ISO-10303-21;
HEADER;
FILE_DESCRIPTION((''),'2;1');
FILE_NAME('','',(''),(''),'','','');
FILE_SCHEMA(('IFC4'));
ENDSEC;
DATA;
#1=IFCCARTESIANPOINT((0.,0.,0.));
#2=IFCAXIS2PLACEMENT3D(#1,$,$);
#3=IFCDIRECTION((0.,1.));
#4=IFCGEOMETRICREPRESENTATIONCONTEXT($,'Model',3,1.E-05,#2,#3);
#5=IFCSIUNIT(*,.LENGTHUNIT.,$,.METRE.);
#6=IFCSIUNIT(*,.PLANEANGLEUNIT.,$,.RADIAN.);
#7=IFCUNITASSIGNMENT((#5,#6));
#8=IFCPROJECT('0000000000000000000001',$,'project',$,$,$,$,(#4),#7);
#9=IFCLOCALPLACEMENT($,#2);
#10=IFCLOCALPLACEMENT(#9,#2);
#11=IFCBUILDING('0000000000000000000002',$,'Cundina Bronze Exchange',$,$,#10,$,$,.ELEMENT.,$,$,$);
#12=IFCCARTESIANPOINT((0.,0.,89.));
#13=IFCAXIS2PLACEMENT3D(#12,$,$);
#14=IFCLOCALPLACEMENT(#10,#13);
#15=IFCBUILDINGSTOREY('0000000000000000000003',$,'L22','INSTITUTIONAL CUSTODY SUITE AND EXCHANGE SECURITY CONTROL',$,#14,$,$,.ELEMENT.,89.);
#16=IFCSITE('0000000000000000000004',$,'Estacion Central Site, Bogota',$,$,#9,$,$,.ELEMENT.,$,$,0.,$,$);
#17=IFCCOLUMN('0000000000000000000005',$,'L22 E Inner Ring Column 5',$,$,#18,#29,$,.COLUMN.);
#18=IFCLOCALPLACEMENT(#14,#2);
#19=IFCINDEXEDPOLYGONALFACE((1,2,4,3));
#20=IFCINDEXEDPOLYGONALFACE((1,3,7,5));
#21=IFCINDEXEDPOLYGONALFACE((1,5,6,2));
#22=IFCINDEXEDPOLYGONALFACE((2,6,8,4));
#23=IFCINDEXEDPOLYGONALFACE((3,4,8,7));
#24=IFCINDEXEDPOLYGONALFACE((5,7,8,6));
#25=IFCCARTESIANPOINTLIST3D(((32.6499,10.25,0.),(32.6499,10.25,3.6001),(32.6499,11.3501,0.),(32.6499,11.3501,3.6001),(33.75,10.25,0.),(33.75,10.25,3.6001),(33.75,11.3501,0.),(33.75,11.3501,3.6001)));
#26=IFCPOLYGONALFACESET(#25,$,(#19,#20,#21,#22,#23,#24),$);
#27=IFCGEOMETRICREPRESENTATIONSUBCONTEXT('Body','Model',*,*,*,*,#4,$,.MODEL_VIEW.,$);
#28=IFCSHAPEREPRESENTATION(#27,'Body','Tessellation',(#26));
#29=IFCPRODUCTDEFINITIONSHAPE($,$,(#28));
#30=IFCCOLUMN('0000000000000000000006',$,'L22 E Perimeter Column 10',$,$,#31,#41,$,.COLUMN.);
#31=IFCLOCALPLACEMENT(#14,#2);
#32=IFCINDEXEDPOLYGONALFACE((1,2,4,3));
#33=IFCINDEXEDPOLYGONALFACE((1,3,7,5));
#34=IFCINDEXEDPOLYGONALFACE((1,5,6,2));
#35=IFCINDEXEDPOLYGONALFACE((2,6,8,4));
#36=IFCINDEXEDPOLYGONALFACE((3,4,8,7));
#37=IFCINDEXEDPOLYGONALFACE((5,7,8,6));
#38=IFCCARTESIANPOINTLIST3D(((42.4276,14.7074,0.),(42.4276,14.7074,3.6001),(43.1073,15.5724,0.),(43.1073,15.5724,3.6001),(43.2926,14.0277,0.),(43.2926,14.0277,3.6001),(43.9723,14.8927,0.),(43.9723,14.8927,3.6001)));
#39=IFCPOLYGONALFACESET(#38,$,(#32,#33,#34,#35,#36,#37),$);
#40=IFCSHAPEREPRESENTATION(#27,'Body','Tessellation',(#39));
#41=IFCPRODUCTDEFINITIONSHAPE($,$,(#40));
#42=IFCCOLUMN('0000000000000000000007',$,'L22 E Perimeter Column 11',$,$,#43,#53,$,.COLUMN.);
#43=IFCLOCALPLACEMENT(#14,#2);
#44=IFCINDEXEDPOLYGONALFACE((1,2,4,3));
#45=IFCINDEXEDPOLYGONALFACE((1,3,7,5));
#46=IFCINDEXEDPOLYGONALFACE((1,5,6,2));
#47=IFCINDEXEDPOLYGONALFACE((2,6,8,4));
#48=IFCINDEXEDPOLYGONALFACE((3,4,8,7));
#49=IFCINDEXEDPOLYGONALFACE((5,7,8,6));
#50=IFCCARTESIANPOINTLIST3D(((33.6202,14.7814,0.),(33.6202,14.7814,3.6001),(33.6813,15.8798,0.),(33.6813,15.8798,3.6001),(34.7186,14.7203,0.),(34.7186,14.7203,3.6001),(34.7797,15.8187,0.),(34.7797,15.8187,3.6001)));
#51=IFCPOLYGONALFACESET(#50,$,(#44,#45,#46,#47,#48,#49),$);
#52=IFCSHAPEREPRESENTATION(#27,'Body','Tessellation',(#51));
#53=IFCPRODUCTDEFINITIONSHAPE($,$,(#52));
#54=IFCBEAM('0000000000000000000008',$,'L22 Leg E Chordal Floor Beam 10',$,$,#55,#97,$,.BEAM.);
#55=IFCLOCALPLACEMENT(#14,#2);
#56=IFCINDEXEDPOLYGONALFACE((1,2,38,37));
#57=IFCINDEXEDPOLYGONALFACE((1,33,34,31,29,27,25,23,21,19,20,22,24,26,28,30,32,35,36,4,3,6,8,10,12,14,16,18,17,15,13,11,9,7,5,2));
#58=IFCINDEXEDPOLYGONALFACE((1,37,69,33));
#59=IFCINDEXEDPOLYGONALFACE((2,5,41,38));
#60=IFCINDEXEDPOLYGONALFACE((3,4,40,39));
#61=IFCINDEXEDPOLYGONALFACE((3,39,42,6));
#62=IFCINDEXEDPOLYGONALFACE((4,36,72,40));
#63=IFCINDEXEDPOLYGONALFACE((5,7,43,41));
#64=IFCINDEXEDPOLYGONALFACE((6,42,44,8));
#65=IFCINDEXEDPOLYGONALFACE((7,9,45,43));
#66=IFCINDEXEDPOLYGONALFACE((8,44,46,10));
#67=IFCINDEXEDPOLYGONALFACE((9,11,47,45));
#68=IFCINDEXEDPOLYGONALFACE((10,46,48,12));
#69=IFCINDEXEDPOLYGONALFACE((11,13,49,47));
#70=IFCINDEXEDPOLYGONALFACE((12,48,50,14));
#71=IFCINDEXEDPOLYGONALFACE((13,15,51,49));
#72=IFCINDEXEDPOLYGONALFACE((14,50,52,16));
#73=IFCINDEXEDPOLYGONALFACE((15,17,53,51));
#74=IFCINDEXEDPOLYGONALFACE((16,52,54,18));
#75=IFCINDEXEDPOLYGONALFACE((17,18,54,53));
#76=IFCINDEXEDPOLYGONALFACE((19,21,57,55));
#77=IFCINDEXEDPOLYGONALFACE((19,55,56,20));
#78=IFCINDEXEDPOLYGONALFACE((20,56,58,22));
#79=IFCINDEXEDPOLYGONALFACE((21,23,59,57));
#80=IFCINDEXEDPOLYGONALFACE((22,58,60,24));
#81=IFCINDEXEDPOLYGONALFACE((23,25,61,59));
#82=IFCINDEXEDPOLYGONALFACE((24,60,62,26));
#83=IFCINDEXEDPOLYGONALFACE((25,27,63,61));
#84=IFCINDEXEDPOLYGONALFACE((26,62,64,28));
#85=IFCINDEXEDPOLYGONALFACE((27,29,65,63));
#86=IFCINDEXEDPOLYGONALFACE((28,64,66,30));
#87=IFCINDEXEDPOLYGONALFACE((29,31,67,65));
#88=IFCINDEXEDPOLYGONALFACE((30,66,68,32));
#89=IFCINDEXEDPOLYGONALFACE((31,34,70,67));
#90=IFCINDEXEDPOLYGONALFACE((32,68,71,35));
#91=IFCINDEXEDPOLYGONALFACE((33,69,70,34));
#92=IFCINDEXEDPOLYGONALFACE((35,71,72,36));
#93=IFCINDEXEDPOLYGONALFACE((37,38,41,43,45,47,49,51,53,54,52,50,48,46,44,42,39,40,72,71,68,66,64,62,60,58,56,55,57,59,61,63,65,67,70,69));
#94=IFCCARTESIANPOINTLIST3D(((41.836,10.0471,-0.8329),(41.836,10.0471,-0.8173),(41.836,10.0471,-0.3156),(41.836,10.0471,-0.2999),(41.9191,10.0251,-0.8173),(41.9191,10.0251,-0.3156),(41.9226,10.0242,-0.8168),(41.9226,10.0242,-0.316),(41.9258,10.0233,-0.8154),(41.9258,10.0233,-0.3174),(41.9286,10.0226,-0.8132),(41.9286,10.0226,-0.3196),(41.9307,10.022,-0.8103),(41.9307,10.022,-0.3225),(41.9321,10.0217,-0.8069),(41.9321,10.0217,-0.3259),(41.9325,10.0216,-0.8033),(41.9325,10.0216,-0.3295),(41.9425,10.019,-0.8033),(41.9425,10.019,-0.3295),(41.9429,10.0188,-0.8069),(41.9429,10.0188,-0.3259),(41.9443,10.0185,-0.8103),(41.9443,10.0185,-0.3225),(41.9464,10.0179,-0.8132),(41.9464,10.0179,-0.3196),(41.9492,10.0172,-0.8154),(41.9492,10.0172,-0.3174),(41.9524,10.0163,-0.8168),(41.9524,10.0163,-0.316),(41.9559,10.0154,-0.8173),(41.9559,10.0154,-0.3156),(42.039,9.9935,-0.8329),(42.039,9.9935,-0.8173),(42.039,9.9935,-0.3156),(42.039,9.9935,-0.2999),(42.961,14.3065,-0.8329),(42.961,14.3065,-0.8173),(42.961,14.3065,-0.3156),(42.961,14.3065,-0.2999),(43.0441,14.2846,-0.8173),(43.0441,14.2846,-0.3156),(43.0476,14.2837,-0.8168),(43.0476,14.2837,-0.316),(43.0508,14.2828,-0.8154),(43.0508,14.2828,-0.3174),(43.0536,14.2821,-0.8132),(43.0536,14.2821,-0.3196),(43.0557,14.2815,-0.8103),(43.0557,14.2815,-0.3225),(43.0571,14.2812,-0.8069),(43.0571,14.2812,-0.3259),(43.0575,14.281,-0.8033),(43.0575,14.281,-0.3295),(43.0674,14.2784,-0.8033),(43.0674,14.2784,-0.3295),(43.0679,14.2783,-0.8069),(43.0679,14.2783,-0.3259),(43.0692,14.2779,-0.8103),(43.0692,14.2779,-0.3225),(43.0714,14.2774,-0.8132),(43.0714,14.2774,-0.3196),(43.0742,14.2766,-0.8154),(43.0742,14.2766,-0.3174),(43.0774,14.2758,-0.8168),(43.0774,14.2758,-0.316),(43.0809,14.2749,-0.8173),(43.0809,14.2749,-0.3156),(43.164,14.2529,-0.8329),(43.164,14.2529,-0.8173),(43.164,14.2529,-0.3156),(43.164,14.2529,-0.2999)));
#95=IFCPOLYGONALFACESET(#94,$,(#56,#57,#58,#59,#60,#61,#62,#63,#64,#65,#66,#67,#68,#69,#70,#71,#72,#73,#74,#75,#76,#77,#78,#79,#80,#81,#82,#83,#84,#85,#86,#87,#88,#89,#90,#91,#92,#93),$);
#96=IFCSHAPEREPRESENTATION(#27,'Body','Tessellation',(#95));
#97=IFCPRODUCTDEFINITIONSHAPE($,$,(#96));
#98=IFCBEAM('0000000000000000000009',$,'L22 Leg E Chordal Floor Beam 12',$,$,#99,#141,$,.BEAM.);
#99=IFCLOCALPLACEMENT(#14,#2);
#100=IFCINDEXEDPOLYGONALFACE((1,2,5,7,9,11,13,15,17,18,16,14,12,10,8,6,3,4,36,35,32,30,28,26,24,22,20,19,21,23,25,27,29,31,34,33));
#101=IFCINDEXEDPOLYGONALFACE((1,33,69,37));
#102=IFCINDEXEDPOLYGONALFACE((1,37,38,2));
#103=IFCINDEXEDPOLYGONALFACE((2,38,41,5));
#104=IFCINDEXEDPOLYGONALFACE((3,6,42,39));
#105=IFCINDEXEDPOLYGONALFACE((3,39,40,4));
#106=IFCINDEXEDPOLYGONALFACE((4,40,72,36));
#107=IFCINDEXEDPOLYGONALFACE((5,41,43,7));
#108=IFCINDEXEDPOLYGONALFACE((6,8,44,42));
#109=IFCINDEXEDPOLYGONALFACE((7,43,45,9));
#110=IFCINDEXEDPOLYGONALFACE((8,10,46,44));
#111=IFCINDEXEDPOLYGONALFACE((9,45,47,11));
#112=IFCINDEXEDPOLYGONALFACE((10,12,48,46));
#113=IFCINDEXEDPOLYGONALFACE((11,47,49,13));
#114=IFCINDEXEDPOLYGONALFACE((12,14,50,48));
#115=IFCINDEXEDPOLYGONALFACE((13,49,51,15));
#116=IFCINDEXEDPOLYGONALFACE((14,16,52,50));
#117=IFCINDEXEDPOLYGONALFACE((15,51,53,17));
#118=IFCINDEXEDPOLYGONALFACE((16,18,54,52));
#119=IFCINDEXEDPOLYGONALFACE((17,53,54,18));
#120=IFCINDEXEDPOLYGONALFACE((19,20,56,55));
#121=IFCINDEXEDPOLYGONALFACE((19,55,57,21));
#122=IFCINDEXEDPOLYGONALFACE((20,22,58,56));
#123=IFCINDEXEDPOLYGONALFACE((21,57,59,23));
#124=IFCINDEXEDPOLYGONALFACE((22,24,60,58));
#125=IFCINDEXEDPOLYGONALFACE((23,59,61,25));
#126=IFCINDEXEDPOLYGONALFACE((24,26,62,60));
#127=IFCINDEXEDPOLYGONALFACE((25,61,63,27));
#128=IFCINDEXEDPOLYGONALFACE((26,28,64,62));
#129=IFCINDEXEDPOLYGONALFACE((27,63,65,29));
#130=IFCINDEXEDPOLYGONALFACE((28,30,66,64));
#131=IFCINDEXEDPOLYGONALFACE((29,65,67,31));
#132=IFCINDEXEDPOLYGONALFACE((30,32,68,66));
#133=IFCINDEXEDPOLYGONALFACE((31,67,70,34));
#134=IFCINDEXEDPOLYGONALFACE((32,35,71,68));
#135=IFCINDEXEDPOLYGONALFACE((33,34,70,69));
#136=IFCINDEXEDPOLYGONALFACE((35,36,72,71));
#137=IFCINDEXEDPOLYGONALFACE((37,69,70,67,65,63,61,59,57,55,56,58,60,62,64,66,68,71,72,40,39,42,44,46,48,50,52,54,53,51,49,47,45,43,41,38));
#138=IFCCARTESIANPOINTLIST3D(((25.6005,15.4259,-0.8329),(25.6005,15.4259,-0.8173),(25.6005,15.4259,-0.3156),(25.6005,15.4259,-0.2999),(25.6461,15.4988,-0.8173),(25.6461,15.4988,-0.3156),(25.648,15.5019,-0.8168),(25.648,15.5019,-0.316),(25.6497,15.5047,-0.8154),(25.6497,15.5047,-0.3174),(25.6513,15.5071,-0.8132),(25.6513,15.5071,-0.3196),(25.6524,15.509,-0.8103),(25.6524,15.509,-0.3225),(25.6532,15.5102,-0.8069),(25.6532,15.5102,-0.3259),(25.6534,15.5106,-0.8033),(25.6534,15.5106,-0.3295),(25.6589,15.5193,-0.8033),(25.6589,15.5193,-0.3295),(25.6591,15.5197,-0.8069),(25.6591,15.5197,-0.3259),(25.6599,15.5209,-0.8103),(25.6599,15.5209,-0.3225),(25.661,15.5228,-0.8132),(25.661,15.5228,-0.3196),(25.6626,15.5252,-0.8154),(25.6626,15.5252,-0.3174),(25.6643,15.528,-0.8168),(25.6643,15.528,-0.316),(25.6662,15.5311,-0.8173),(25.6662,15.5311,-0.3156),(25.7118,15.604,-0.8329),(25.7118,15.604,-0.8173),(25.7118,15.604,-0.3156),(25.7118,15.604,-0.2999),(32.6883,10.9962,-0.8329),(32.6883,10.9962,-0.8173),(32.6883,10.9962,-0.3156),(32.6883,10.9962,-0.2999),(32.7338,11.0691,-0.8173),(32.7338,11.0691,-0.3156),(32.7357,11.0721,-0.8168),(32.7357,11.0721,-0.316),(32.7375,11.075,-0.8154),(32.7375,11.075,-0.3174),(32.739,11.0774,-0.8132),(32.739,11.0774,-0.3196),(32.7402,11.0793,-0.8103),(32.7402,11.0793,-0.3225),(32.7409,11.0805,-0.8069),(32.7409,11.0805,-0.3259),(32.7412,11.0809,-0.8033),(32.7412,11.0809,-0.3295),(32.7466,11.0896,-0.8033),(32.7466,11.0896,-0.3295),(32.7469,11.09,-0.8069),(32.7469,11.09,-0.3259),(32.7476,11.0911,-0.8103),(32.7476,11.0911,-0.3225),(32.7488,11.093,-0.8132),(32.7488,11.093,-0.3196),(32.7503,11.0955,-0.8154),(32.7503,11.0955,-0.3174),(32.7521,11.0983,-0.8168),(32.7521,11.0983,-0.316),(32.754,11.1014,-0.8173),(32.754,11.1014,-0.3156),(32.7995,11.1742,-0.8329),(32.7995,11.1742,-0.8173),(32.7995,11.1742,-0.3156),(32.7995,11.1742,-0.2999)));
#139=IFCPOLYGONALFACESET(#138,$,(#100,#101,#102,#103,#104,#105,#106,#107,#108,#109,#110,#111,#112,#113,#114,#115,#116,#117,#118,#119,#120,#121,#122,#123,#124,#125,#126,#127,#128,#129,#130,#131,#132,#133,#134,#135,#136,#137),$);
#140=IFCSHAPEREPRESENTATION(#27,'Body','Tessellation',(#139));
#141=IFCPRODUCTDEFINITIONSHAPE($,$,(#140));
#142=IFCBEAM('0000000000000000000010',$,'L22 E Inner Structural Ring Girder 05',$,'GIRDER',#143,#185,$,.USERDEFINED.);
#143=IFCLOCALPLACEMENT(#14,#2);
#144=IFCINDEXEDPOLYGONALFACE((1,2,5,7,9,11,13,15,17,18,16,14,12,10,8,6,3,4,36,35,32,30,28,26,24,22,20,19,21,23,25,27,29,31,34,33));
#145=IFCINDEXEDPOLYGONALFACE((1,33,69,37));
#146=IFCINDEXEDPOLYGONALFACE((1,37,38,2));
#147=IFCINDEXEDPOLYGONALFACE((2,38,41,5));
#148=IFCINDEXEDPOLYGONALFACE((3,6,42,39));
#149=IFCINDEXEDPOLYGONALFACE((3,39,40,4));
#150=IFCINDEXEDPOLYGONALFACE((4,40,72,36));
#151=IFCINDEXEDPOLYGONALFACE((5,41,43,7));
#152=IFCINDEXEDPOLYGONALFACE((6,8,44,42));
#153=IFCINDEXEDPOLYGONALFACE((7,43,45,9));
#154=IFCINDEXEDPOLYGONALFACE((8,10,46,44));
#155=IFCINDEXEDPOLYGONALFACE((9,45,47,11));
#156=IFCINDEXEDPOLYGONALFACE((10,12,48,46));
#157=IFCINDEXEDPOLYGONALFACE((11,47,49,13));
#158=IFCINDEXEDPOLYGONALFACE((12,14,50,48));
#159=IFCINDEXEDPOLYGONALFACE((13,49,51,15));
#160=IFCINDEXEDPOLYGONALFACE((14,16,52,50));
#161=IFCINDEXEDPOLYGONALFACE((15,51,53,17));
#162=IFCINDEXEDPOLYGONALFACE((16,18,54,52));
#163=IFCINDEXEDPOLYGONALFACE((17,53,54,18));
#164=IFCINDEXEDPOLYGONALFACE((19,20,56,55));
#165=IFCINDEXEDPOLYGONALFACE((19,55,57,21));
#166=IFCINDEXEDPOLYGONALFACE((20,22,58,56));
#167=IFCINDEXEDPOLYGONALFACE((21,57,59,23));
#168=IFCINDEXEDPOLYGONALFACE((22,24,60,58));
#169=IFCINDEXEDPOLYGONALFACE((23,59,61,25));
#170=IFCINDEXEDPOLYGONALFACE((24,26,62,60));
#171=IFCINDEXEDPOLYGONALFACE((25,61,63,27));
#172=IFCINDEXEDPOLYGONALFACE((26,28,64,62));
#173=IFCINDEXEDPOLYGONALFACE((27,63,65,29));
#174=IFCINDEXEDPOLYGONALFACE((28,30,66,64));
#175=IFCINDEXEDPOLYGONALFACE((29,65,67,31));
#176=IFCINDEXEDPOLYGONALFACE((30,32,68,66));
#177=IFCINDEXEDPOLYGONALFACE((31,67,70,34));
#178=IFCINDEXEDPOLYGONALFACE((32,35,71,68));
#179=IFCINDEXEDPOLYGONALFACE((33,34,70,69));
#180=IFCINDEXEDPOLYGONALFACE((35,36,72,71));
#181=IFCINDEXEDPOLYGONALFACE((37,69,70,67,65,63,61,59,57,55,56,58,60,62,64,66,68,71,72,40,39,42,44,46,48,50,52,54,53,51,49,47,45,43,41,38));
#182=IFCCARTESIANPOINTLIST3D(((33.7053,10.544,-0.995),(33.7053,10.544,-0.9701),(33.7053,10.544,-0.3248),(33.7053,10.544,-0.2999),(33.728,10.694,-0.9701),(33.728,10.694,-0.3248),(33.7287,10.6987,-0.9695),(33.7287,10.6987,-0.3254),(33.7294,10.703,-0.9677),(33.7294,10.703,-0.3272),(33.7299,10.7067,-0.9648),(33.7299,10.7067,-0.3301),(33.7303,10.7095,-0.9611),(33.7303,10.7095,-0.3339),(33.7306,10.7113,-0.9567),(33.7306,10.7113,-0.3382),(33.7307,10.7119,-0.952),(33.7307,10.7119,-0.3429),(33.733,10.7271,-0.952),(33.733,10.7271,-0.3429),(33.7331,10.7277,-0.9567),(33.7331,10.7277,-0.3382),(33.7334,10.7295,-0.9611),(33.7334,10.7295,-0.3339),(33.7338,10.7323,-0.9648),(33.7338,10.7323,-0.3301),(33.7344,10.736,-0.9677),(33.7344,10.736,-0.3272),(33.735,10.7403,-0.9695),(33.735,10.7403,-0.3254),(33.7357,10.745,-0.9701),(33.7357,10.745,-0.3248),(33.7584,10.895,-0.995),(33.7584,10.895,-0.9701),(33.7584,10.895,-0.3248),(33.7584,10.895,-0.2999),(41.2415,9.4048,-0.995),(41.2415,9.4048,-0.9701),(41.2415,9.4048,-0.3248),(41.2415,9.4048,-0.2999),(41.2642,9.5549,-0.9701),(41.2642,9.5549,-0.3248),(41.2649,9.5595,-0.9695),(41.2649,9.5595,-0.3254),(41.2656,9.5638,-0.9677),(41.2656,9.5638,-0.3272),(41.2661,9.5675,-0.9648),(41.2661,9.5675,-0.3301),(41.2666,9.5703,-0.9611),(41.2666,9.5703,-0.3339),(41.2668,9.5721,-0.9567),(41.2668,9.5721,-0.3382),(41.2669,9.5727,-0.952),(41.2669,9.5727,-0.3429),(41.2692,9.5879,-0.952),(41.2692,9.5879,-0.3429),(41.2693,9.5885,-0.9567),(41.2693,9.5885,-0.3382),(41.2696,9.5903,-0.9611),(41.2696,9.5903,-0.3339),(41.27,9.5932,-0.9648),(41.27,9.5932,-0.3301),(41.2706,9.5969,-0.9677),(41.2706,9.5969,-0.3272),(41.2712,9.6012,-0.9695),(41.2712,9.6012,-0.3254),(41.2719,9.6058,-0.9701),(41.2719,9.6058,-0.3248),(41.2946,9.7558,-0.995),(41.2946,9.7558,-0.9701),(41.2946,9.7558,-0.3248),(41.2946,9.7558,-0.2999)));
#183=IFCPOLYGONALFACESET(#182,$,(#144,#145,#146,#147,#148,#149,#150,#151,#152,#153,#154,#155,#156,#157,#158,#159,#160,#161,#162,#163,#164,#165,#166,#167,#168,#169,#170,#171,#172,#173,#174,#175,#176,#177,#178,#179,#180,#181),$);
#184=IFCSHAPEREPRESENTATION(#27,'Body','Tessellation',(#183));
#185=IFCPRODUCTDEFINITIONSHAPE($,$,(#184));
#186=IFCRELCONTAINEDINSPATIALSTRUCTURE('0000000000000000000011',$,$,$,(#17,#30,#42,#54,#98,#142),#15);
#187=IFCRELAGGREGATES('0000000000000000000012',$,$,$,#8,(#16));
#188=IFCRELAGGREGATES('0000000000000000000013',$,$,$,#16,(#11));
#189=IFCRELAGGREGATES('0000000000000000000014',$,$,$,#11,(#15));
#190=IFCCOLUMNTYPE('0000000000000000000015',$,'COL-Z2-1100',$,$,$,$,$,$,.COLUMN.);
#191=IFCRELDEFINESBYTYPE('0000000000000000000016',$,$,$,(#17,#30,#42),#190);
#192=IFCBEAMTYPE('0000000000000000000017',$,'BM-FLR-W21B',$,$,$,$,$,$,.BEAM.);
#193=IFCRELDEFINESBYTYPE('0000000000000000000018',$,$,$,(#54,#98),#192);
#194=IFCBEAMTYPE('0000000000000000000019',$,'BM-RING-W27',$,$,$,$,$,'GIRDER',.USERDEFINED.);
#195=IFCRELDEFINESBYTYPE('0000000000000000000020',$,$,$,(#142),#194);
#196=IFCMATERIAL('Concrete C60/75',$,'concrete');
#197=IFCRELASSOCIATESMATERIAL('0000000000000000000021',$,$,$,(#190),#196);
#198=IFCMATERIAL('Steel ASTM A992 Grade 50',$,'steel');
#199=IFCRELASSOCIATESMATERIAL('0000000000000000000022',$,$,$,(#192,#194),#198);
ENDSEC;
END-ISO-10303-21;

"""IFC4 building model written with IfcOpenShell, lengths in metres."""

from ifc_helpers import new_model, si_unit, direction, frame, origin, origin_2d, place, context, subcontext, project, spatial, rectangle, i_section, extrude, material, material_profile, profile_set, type_object, element, save


model = new_model("IFC4")

# Units and contexts
model_context = context("Model", 3, precision=1e-05, world=origin(), true_north=direction((0.0, 1.0)))
body_context = subcontext(model_context, "Body", "Model", "MODEL_VIEW")
ifc_project = project(units=[si_unit("LENGTHUNIT", "METRE"), si_unit("PLANEANGLEUNIT", "RADIAN")], contexts=[model_context])

# Site, building, storey
site_placement = place(None, origin())
site = spatial("IfcSite", under=ifc_project, at=site_placement, Name="Estacion Central Site, Bogota", CompositionType="ELEMENT", RefElevation=0.0)
building_placement = place(site_placement, origin())
building = spatial("IfcBuilding", under=site, at=building_placement, Name="Cundina Bronze Exchange", CompositionType="ELEMENT")
storey_placement = place(building_placement, frame((0.0, 0.0, 89.0)))
storey = spatial("IfcBuildingStorey", under=building, at=storey_placement, Name="L22", Description="INSTITUTIONAL CUSTODY SUITE AND EXCHANGE SECURITY CONTROL", CompositionType="ELEMENT", Elevation=89.0)

# Columns
ifc_material_1 = material(Name="Concrete C60/75", Category="concrete")
ifc_material_profile_1 = material_profile(ifc_material_1, rectangle(XDim=1.1001, YDim=1.1001, at=origin_2d()), Name="RC1100X1100", Category="concrete")
ifc_profile_set_1 = profile_set([ifc_material_profile_1], Name="Concrete C60/75")
column_type = type_object("IfcColumnType", Name="COL-Z2-1100", PredefinedType="COLUMN", material=ifc_profile_set_1)
for number, where, z_axis, x_axis, name in (
    (1, (33.2, 10.8, 0.0), (0.0, 0.0, 1.0), (1.0, 0.0, 0.0), "L22 E Inner Ring Column 5"),
    (2, (43.2, 14.8, 0.0), (0.0, 0.0, 1.0), (-0.786288, 0.61786, 0.0), "L22 E Perimeter Column 10"),
    (3, (34.2, 15.3, 0.0), (0.0, 0.0, 1.0), (-0.99846, 0.055473, 0.0), "L22 E Perimeter Column 11"),
):
    element("IfcColumn", number, at=place(storey_placement, frame(where, z_axis=z_axis, x_axis=x_axis)), inside=storey, type_object=column_type, Name=name, PredefinedType="COLUMN", context=body_context, shape_type="SweptSolid", body=[
        extrude(rectangle(XDim=1.1001, YDim=1.1001, at=origin_2d()), origin(), (0.0, 0.0, 1.0), 3.6001),
    ])

# Beams
ifc_material_2 = material(Name="Steel ASTM A992 Grade 50", Category="steel")
ifc_material_profile_2 = material_profile(ifc_material_2, i_section(OverallWidth=0.21, OverallDepth=0.533, WebThickness=0.0103, FlangeThickness=0.0156, FilletRadius=0.0139, at=origin_2d()), Name="W21X62", Category="steel")
ifc_profile_set_2 = profile_set([ifc_material_profile_2], Name="Steel ASTM A992 Grade 50")
beam_type_1 = type_object("IfcBeamType", Name="BM-FLR-W21B", PredefinedType="BEAM", material=ifc_profile_set_2)
beam_1_placement = place(storey_placement, frame((41.9375, 10.0203, -0.5664), z_axis=(0.255358, 0.966847, 0.0), x_axis=(-0.966847, 0.255358, 0.0)))
element("IfcBeam", 4, at=beam_1_placement, inside=storey, type_object=beam_type_1, Name="L22 Leg E Chordal Floor Beam 10", PredefinedType="BEAM", context=body_context, shape_type="SweptSolid", body=[
    extrude(i_section(OverallWidth=0.21, OverallDepth=0.533, WebThickness=0.0103, FlangeThickness=0.0156, FilletRadius=0.0139, at=origin_2d()), origin(), (0.0, 0.0, 1.0), 4.4055),
])
beam_2_placement = place(storey_placement, frame((32.7439, 11.0852, -0.5664), z_axis=(-0.848003, 0.529991, 0.0), x_axis=(-0.529991, -0.848003, 0.0)))
element("IfcBeam", 5, at=beam_2_placement, inside=storey, type_object=beam_type_1, Name="L22 Leg E Chordal Floor Beam 12", PredefinedType="BEAM", context=body_context, shape_type="SweptSolid", body=[
    extrude(i_section(OverallWidth=0.21, OverallDepth=0.533, WebThickness=0.0103, FlangeThickness=0.0156, FilletRadius=0.0139, at=origin_2d()), origin(), (0.0, 0.0, 1.0), 8.3582),
])
ifc_material_profile_3 = material_profile(ifc_material_2, i_section(OverallWidth=0.355, OverallDepth=0.6951, WebThickness=0.0154, FlangeThickness=0.0249, FilletRadius=0.0181, at=origin_2d()), Name="W27X146", Category="steel")
ifc_profile_set_3 = profile_set([ifc_material_profile_3], Name="Steel ASTM A992 Grade 50")
beam_type_2 = type_object("IfcBeamType", Name="BM-RING-W27", ElementType="GIRDER", PredefinedType="USERDEFINED", material=ifc_profile_set_3)
beam_3_placement = place(storey_placement, frame((41.2681, 9.5803, -0.6475), z_axis=(-0.988767, 0.149462, 0.0), x_axis=(-0.149462, -0.988767, 0.0)))
element("IfcBeam", 6, at=beam_3_placement, inside=storey, type_object=beam_type_2, Name="L22 E Inner Structural Ring Girder 05", ObjectType="GIRDER", PredefinedType="USERDEFINED", context=body_context, shape_type="SweptSolid", body=[
    extrude(i_section(OverallWidth=0.355, OverallDepth=0.6951, WebThickness=0.0154, FlangeThickness=0.0249, FilletRadius=0.0181, at=origin_2d()), origin(), (0.0, 0.0, 1.0), 7.6218),
])

save(model, "model.ifc")
